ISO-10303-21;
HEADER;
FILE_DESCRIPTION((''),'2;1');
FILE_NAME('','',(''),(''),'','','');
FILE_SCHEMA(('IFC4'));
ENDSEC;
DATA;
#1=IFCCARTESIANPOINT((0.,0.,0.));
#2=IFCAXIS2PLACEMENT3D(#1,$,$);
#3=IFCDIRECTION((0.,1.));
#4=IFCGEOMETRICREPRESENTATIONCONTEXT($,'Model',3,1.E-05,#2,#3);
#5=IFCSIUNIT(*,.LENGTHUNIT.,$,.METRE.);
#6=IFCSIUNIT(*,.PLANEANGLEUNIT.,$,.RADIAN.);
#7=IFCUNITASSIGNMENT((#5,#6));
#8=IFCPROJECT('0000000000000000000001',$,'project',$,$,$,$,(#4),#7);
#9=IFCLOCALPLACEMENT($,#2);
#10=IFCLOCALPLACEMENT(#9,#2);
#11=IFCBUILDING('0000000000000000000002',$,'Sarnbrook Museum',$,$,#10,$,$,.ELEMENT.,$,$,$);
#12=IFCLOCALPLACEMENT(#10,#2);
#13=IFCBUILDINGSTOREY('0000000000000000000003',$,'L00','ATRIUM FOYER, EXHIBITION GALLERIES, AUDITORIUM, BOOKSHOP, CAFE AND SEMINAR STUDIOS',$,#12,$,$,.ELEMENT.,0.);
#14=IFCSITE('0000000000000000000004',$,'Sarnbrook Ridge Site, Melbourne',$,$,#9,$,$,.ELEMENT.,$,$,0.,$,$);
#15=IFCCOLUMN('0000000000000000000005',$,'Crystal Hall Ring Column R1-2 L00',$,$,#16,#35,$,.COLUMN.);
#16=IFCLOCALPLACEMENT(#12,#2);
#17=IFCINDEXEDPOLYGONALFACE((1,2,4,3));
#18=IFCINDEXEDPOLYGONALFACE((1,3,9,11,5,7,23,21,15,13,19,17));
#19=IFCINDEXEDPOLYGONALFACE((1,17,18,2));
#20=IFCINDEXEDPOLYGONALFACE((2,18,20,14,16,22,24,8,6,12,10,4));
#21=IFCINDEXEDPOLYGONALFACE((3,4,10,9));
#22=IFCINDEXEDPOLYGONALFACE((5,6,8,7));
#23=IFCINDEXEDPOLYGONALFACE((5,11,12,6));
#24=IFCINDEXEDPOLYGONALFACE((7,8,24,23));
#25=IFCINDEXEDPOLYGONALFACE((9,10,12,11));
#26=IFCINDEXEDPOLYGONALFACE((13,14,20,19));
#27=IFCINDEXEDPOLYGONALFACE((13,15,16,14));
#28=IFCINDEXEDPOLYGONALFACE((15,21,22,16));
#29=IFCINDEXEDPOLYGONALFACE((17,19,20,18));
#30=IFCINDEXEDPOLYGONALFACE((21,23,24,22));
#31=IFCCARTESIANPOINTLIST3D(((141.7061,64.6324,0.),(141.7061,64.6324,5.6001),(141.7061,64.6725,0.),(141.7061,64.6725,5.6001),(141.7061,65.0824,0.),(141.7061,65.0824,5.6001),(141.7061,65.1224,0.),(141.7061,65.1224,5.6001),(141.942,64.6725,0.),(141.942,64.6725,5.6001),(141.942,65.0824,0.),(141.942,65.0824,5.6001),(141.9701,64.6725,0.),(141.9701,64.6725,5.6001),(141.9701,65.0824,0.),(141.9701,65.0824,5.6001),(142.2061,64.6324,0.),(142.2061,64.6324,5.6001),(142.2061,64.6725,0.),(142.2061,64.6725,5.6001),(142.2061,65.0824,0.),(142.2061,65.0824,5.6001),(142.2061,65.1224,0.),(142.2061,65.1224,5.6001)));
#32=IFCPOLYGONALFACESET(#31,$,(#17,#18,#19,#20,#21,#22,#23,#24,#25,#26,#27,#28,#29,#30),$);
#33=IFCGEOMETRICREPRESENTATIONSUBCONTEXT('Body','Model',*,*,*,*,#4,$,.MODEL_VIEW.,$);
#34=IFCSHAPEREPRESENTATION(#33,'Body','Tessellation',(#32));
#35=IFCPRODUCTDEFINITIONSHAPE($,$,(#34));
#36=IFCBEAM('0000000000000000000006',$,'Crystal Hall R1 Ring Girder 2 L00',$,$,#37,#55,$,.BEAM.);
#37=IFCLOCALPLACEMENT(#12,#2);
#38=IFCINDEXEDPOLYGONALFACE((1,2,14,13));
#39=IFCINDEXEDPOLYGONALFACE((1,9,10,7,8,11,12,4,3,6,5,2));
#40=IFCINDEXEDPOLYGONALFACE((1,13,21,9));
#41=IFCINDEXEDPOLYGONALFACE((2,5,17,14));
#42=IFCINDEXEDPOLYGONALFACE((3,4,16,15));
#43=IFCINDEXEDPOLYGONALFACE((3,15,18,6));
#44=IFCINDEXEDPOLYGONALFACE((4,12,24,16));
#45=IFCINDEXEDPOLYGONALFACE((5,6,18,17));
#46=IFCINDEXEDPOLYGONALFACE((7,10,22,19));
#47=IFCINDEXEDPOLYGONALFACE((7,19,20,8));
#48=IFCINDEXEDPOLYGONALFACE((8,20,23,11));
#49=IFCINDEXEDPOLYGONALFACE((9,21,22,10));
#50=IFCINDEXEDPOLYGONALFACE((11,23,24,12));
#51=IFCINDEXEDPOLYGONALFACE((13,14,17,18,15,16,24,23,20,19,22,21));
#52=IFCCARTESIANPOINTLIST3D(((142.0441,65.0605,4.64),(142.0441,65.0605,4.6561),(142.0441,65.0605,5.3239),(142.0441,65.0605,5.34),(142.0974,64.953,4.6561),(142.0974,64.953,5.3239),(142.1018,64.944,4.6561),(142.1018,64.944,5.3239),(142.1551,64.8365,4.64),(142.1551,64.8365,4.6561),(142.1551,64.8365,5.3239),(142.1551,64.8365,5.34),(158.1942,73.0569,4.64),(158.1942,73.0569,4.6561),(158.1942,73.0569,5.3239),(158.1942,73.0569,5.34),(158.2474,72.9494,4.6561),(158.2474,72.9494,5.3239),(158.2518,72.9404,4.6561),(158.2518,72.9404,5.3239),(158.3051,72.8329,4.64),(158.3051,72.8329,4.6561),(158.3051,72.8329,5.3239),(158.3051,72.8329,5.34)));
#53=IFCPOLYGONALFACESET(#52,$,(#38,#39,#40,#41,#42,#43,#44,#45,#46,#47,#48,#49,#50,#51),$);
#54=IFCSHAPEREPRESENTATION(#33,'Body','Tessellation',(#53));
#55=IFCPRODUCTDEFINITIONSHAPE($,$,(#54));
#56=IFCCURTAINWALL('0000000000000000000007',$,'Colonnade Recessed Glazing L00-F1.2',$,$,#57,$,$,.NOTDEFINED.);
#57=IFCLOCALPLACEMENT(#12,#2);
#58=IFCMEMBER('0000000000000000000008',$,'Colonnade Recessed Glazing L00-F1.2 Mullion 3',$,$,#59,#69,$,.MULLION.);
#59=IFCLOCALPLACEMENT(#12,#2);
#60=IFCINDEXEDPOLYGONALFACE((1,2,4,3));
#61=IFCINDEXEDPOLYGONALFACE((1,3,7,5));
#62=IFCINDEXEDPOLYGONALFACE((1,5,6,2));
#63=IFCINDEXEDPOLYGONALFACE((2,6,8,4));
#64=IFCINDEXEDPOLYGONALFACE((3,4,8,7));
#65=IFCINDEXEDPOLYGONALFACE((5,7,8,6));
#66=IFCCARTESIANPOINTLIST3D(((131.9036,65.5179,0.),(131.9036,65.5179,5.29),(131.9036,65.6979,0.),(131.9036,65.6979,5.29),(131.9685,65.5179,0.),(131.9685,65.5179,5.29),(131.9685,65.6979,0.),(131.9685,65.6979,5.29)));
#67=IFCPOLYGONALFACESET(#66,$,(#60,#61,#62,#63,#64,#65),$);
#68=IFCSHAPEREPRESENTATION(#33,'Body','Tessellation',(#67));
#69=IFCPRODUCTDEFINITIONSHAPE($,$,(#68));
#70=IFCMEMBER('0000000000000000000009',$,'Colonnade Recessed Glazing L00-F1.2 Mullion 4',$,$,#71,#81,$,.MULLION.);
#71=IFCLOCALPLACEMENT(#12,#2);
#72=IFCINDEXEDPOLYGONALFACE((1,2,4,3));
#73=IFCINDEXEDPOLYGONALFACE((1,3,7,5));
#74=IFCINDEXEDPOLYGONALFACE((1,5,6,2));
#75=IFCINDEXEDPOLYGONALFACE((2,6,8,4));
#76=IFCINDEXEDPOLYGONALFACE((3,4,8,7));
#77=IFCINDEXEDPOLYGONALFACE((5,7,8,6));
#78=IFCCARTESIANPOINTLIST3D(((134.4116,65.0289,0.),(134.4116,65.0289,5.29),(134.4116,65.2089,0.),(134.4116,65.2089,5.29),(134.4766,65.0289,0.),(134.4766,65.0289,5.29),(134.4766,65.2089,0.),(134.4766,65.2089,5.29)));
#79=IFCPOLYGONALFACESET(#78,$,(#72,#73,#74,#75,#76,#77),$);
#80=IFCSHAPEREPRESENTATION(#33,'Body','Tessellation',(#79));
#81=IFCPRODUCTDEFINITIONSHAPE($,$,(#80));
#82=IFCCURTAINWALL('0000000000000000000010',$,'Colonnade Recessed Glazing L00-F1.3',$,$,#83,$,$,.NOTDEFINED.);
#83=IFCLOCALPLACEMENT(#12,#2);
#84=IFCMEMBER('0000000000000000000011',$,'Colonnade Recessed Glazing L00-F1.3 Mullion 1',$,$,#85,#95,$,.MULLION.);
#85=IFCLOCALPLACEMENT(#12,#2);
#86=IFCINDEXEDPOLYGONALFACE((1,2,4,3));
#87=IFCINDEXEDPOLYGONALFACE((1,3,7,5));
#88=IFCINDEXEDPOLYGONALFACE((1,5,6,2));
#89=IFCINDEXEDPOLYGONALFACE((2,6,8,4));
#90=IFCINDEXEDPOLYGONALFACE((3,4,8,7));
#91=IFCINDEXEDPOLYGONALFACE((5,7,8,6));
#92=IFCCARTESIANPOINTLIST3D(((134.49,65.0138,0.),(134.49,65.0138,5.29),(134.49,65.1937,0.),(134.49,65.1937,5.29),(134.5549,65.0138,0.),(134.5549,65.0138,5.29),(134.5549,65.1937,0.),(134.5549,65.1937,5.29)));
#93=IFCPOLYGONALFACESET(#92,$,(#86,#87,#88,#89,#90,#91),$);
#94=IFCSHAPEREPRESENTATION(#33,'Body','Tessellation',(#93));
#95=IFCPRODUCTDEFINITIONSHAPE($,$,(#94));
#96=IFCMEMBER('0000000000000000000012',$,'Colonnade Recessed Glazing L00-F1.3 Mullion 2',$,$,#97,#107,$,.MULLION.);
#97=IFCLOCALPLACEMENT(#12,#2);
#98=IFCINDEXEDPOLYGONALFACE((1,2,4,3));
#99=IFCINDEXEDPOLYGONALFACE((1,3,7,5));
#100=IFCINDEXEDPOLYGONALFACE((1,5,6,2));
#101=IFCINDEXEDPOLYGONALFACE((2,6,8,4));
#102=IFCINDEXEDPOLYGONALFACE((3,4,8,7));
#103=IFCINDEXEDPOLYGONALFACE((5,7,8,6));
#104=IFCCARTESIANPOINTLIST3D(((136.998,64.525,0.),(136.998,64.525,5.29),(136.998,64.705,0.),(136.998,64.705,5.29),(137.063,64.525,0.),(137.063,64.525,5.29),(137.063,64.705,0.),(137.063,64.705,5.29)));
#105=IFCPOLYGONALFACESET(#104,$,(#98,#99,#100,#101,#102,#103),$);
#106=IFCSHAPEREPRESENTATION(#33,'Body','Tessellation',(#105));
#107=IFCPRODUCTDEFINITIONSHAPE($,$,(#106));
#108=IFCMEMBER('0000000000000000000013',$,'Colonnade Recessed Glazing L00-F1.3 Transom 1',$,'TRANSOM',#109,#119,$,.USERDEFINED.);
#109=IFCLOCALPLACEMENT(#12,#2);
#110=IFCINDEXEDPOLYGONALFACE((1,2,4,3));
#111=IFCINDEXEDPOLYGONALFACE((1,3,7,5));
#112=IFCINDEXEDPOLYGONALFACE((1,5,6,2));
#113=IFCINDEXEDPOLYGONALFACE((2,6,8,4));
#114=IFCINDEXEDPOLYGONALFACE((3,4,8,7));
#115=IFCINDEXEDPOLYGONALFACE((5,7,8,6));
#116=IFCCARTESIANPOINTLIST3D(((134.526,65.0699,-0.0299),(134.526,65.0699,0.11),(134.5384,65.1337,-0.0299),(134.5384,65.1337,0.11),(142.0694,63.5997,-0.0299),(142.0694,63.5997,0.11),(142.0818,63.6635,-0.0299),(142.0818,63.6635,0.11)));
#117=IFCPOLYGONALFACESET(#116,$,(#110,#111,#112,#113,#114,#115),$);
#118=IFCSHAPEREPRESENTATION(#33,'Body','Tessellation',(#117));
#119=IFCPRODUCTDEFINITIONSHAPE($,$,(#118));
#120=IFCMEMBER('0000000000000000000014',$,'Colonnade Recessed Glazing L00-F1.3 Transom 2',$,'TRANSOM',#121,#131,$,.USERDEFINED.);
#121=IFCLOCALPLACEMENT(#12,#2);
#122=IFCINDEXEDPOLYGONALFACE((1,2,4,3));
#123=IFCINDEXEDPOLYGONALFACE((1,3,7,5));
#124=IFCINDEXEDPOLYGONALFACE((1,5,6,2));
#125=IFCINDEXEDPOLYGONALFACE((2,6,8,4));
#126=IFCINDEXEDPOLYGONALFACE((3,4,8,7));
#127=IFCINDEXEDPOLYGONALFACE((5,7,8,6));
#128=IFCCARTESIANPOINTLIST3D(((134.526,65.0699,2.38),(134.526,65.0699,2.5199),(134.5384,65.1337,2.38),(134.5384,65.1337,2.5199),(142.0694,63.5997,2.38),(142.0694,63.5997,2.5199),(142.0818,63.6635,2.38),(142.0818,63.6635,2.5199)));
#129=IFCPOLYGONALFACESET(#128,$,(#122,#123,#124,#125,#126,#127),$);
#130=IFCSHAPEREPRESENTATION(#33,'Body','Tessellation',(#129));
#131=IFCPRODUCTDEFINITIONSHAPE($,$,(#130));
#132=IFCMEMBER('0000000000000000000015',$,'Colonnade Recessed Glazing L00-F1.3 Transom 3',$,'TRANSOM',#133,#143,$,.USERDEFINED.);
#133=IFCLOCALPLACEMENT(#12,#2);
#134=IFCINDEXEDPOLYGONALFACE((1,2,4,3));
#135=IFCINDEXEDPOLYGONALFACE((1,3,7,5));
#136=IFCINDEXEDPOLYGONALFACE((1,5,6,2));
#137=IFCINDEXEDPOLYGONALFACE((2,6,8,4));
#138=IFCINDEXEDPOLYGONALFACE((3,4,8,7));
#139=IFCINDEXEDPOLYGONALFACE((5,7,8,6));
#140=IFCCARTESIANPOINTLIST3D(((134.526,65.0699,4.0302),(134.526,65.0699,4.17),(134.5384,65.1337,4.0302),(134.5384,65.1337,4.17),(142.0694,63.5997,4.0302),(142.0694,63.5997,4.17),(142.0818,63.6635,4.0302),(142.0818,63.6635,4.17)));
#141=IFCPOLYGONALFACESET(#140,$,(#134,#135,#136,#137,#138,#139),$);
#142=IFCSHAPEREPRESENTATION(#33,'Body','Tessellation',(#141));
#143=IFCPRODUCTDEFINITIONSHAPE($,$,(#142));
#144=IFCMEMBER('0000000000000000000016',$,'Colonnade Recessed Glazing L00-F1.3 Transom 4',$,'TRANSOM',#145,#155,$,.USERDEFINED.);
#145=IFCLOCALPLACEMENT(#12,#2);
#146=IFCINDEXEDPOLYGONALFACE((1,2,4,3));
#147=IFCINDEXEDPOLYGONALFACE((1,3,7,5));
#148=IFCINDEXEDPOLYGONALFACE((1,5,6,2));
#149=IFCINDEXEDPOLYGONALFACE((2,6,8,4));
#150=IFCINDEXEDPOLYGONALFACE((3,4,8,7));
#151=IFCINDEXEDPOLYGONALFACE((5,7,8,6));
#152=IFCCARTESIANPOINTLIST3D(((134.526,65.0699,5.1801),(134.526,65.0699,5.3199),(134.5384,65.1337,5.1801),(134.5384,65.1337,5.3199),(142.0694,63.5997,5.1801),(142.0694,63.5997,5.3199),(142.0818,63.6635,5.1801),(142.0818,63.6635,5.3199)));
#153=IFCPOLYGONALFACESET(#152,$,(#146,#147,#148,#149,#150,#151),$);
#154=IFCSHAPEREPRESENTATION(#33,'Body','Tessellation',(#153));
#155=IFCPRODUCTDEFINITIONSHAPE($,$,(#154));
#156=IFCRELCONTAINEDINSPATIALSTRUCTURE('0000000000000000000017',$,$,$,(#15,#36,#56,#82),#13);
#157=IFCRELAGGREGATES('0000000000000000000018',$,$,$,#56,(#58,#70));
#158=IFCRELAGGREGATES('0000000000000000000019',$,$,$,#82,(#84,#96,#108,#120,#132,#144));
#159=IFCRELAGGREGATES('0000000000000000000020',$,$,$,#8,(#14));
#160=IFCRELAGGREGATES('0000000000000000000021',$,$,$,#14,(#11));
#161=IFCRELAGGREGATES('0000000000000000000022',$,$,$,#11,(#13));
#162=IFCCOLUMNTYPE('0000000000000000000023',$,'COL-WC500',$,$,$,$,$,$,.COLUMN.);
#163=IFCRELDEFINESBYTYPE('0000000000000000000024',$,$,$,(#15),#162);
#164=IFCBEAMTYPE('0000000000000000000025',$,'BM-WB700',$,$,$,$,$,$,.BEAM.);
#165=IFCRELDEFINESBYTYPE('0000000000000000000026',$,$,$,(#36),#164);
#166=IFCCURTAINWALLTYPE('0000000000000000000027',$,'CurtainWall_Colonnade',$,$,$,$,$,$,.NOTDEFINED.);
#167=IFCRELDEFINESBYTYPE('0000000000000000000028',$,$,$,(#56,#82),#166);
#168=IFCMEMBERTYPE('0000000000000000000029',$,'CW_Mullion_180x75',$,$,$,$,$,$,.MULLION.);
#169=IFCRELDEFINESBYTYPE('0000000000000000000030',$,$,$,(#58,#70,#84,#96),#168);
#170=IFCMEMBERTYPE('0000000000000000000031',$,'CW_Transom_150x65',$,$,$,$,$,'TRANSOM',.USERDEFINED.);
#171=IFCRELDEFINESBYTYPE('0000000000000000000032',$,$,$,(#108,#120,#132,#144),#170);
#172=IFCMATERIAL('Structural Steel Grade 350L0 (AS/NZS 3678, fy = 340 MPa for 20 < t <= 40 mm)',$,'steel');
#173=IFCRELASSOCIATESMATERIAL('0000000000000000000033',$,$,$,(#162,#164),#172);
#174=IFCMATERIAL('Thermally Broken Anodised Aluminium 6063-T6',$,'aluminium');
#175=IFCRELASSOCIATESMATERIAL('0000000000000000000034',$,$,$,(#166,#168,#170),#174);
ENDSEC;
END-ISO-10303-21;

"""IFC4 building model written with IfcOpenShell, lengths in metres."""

from ifc_helpers import new_model, si_unit, direction, frame, origin, origin_2d, place, context, subcontext, project, spatial, rectangle, i_section, extrude, material, material_profile, profile_set, type_object, element, aggregate, save


model = new_model("IFC4")

# Units and contexts
model_context = context("Model", 3, precision=1e-05, world=origin(), true_north=direction((0.0, 1.0)))
body_context = subcontext(model_context, "Body", "Model", "MODEL_VIEW")
ifc_project = project(units=[si_unit("LENGTHUNIT", "METRE"), si_unit("PLANEANGLEUNIT", "RADIAN")], contexts=[model_context])

# Site, building, storey
site_placement = place(None, origin())
site = spatial("IfcSite", under=ifc_project, at=site_placement, Name="Sarnbrook Ridge Site, Melbourne", CompositionType="ELEMENT", RefElevation=0.0)
building_placement = place(site_placement, origin())
building = spatial("IfcBuilding", under=site, at=building_placement, Name="Sarnbrook Museum", CompositionType="ELEMENT")
storey_placement = place(building_placement, origin())
storey = spatial("IfcBuildingStorey", under=building, at=storey_placement, Name="L00", Description="ATRIUM FOYER, EXHIBITION GALLERIES, AUDITORIUM, BOOKSHOP, CAFE AND SEMINAR STUDIOS", CompositionType="ELEMENT", Elevation=0.0)

# Column
ifc_material_1 = material(Name="Structural Steel Grade 350L0 (AS/NZS 3678, fy = 340 MPa for 20 < t <= 40 mm)", Category="steel")
ifc_material_profile_1 = material_profile(ifc_material_1, i_section(OverallWidth=0.5, OverallDepth=0.49, WebThickness=0.0281, FlangeThickness=0.04, at=origin_2d()), Name="500WC340")
ifc_profile_set_1 = profile_set([ifc_material_profile_1], Name="Structural Steel Grade 350L0 (AS/NZS 3678, fy = 340 MPa for 20 < t <= 40 mm)")
column_type = type_object("IfcColumnType", Name="COL-WC500", PredefinedType="COLUMN", material=ifc_profile_set_1)
column_placement = place(storey_placement, frame((141.9561, 64.8774, 0.0), z_axis=(0.0, 0.0, 1.0), x_axis=(1.0, 0.0, 0.0)))
element("IfcColumn", 1, at=column_placement, inside=storey, type_object=column_type, Name="Crystal Hall Ring Column R1-2 L00", PredefinedType="COLUMN", context=body_context, shape_type="SweptSolid", body=[
    extrude(i_section(OverallWidth=0.5, OverallDepth=0.49, WebThickness=0.0281, FlangeThickness=0.04, at=origin_2d()), origin(), (0.0, 0.0, 1.0), 5.6001),
])

# Beam
ifc_material_profile_2 = material_profile(ifc_material_1, i_section(OverallWidth=0.25, OverallDepth=0.7, WebThickness=0.01, FlangeThickness=0.0161, at=origin_2d()), Name="700WB130")
ifc_profile_set_2 = profile_set([ifc_material_profile_2], Name="Structural Steel Grade 350L0 (AS/NZS 3678, fy = 340 MPa for 20 < t <= 40 mm)")
beam_type_1 = type_object("IfcBeamType", Name="BM-WB700", PredefinedType="BEAM", material=ifc_profile_set_2)
beam_1_placement = place(storey_placement, frame((142.0996, 64.9485, 4.99), z_axis=(0.896165, 0.44372, 0.0), x_axis=(-0.44372, 0.896165, 0.0)))
element("IfcBeam", 2, at=beam_1_placement, inside=storey, type_object=beam_type_1, Name="Crystal Hall R1 Ring Girder 2 L00", PredefinedType="BEAM", context=body_context, shape_type="SweptSolid", body=[
    extrude(i_section(OverallWidth=0.25, OverallDepth=0.7, WebThickness=0.01, FlangeThickness=0.0161, at=origin_2d()), origin(), (0.0, 0.0, 1.0), 18.0212),
])

# Curtain walls, members
ifc_material_2 = material(Name="Thermally Broken Anodised Aluminium 6063-T6", Category="aluminium")
curtain_wall_type = type_object("IfcCurtainWallType", Name="CurtainWall_Colonnade", PredefinedType="NOTDEFINED", material=ifc_material_2)
curtain_wall_1_placement = place(storey_placement, origin())
curtain_wall_1 = element("IfcCurtainWall", 3, at=curtain_wall_1_placement, inside=storey, type_object=curtain_wall_type, Name="Colonnade Recessed Glazing L00-F1.2", PredefinedType="NOTDEFINED")
ifc_material_profile_3 = material_profile(ifc_material_2, rectangle(XDim=0.0649, YDim=0.1799, at=origin_2d()), Name="ALU MULLION 65x180")
ifc_profile_set_3 = profile_set([ifc_material_profile_3], Name="Thermally Broken Anodised Aluminium 6063-T6")
member_type_1 = type_object("IfcMemberType", Name="CW_Mullion_180x75", PredefinedType="MULLION", material=ifc_profile_set_3)
member_1_placement = place(storey_placement, frame((131.936, 65.6079, 0.0), z_axis=(0.0, 0.0, 1.0), x_axis=(1.0, 0.0, 0.0)))
member_1 = element("IfcMember", 4, at=member_1_placement, type_object=member_type_1, Name="Colonnade Recessed Glazing L00-F1.2 Mullion 3", PredefinedType="MULLION", context=body_context, shape_type="SweptSolid", body=[
    extrude(rectangle(XDim=0.0649, YDim=0.1799, at=origin_2d()), origin(), (0.0, 0.0, 1.0), 5.29),
])
member_2_placement = place(storey_placement, frame((134.4441, 65.1189, 0.0), z_axis=(0.0, 0.0, 1.0), x_axis=(1.0, 0.0, 0.0)))
member_2 = element("IfcMember", 5, at=member_2_placement, type_object=member_type_1, Name="Colonnade Recessed Glazing L00-F1.2 Mullion 4", PredefinedType="MULLION", context=body_context, shape_type="SweptSolid", body=[
    extrude(rectangle(XDim=0.0649, YDim=0.1799, at=origin_2d()), origin(), (0.0, 0.0, 1.0), 5.29),
])
curtain_wall_2_placement = place(storey_placement, origin())
curtain_wall_2 = element("IfcCurtainWall", 6, at=curtain_wall_2_placement, inside=storey, type_object=curtain_wall_type, Name="Colonnade Recessed Glazing L00-F1.3", PredefinedType="NOTDEFINED")
member_3_placement = place(storey_placement, frame((134.5225, 65.1038, 0.0), z_axis=(0.0, 0.0, 1.0), x_axis=(1.0, 0.0, 0.0)))
member_3 = element("IfcMember", 7, at=member_3_placement, type_object=member_type_1, Name="Colonnade Recessed Glazing L00-F1.3 Mullion 1", PredefinedType="MULLION", context=body_context, shape_type="SweptSolid", body=[
    extrude(rectangle(XDim=0.0649, YDim=0.1799, at=origin_2d()), origin(), (0.0, 0.0, 1.0), 5.29),
])
member_4_placement = place(storey_placement, frame((137.0305, 64.615, 0.0), z_axis=(0.0, 0.0, 1.0), x_axis=(1.0, 0.0, 0.0)))
member_4 = element("IfcMember", 8, at=member_4_placement, type_object=member_type_1, Name="Colonnade Recessed Glazing L00-F1.3 Mullion 2", PredefinedType="MULLION", context=body_context, shape_type="SweptSolid", body=[
    extrude(rectangle(XDim=0.0649, YDim=0.1799, at=origin_2d()), origin(), (0.0, 0.0, 1.0), 5.29),
])
ifc_material_profile_4 = material_profile(ifc_material_2, rectangle(XDim=0.0649, YDim=0.1399, at=origin_2d()), Name="ALU TRANSOM 65x140")
ifc_profile_set_4 = profile_set([ifc_material_profile_4], Name="Thermally Broken Anodised Aluminium 6063-T6")
member_type_2 = type_object("IfcMemberType", Name="CW_Transom_150x65", ElementType="TRANSOM", PredefinedType="USERDEFINED", material=ifc_profile_set_4)
member_5_placement = place(storey_placement, frame((134.5322, 65.1018, 0.04), z_axis=(0.981532, -0.1913, 0.0), x_axis=(0.1913, 0.981532, 0.0)))
member_5 = element("IfcMember", 9, at=member_5_placement, type_object=member_type_2, Name="Colonnade Recessed Glazing L00-F1.3 Transom 1", ObjectType="TRANSOM", PredefinedType="USERDEFINED", context=body_context, shape_type="SweptSolid", body=[
    extrude(rectangle(XDim=0.0649, YDim=0.1399, at=origin_2d()), origin(), (0.0, 0.0, 1.0), 7.6853),
])
member_6_placement = place(storey_placement, frame((134.5322, 65.1018, 2.45), z_axis=(0.981532, -0.1913, 0.0), x_axis=(0.1913, 0.981532, 0.0)))
member_6 = element("IfcMember", 10, at=member_6_placement, type_object=member_type_2, Name="Colonnade Recessed Glazing L00-F1.3 Transom 2", ObjectType="TRANSOM", PredefinedType="USERDEFINED", context=body_context, shape_type="SweptSolid", body=[
    extrude(rectangle(XDim=0.0649, YDim=0.1399, at=origin_2d()), origin(), (0.0, 0.0, 1.0), 7.6853),
])
member_7_placement = place(storey_placement, frame((134.5322, 65.1018, 4.1001), z_axis=(0.981532, -0.1913, 0.0), x_axis=(0.1913, 0.981532, 0.0)))
member_7 = element("IfcMember", 11, at=member_7_placement, type_object=member_type_2, Name="Colonnade Recessed Glazing L00-F1.3 Transom 3", ObjectType="TRANSOM", PredefinedType="USERDEFINED", context=body_context, shape_type="SweptSolid", body=[
    extrude(rectangle(XDim=0.0649, YDim=0.1399, at=origin_2d()), origin(), (0.0, 0.0, 1.0), 7.6853),
])
member_8_placement = place(storey_placement, frame((134.5322, 65.1018, 5.25), z_axis=(0.981532, -0.1913, 0.0), x_axis=(0.1913, 0.981532, 0.0)))
member_8 = element("IfcMember", 12, at=member_8_placement, type_object=member_type_2, Name="Colonnade Recessed Glazing L00-F1.3 Transom 4", ObjectType="TRANSOM", PredefinedType="USERDEFINED", context=body_context, shape_type="SweptSolid", body=[
    extrude(rectangle(XDim=0.0649, YDim=0.1399, at=origin_2d()), origin(), (0.0, 0.0, 1.0), 7.6853),
])

aggregate(curtain_wall_1, [member_1, member_2])
aggregate(curtain_wall_2, [member_3, member_4, member_5, member_6, member_7, member_8])

save(model, "model.ifc")
